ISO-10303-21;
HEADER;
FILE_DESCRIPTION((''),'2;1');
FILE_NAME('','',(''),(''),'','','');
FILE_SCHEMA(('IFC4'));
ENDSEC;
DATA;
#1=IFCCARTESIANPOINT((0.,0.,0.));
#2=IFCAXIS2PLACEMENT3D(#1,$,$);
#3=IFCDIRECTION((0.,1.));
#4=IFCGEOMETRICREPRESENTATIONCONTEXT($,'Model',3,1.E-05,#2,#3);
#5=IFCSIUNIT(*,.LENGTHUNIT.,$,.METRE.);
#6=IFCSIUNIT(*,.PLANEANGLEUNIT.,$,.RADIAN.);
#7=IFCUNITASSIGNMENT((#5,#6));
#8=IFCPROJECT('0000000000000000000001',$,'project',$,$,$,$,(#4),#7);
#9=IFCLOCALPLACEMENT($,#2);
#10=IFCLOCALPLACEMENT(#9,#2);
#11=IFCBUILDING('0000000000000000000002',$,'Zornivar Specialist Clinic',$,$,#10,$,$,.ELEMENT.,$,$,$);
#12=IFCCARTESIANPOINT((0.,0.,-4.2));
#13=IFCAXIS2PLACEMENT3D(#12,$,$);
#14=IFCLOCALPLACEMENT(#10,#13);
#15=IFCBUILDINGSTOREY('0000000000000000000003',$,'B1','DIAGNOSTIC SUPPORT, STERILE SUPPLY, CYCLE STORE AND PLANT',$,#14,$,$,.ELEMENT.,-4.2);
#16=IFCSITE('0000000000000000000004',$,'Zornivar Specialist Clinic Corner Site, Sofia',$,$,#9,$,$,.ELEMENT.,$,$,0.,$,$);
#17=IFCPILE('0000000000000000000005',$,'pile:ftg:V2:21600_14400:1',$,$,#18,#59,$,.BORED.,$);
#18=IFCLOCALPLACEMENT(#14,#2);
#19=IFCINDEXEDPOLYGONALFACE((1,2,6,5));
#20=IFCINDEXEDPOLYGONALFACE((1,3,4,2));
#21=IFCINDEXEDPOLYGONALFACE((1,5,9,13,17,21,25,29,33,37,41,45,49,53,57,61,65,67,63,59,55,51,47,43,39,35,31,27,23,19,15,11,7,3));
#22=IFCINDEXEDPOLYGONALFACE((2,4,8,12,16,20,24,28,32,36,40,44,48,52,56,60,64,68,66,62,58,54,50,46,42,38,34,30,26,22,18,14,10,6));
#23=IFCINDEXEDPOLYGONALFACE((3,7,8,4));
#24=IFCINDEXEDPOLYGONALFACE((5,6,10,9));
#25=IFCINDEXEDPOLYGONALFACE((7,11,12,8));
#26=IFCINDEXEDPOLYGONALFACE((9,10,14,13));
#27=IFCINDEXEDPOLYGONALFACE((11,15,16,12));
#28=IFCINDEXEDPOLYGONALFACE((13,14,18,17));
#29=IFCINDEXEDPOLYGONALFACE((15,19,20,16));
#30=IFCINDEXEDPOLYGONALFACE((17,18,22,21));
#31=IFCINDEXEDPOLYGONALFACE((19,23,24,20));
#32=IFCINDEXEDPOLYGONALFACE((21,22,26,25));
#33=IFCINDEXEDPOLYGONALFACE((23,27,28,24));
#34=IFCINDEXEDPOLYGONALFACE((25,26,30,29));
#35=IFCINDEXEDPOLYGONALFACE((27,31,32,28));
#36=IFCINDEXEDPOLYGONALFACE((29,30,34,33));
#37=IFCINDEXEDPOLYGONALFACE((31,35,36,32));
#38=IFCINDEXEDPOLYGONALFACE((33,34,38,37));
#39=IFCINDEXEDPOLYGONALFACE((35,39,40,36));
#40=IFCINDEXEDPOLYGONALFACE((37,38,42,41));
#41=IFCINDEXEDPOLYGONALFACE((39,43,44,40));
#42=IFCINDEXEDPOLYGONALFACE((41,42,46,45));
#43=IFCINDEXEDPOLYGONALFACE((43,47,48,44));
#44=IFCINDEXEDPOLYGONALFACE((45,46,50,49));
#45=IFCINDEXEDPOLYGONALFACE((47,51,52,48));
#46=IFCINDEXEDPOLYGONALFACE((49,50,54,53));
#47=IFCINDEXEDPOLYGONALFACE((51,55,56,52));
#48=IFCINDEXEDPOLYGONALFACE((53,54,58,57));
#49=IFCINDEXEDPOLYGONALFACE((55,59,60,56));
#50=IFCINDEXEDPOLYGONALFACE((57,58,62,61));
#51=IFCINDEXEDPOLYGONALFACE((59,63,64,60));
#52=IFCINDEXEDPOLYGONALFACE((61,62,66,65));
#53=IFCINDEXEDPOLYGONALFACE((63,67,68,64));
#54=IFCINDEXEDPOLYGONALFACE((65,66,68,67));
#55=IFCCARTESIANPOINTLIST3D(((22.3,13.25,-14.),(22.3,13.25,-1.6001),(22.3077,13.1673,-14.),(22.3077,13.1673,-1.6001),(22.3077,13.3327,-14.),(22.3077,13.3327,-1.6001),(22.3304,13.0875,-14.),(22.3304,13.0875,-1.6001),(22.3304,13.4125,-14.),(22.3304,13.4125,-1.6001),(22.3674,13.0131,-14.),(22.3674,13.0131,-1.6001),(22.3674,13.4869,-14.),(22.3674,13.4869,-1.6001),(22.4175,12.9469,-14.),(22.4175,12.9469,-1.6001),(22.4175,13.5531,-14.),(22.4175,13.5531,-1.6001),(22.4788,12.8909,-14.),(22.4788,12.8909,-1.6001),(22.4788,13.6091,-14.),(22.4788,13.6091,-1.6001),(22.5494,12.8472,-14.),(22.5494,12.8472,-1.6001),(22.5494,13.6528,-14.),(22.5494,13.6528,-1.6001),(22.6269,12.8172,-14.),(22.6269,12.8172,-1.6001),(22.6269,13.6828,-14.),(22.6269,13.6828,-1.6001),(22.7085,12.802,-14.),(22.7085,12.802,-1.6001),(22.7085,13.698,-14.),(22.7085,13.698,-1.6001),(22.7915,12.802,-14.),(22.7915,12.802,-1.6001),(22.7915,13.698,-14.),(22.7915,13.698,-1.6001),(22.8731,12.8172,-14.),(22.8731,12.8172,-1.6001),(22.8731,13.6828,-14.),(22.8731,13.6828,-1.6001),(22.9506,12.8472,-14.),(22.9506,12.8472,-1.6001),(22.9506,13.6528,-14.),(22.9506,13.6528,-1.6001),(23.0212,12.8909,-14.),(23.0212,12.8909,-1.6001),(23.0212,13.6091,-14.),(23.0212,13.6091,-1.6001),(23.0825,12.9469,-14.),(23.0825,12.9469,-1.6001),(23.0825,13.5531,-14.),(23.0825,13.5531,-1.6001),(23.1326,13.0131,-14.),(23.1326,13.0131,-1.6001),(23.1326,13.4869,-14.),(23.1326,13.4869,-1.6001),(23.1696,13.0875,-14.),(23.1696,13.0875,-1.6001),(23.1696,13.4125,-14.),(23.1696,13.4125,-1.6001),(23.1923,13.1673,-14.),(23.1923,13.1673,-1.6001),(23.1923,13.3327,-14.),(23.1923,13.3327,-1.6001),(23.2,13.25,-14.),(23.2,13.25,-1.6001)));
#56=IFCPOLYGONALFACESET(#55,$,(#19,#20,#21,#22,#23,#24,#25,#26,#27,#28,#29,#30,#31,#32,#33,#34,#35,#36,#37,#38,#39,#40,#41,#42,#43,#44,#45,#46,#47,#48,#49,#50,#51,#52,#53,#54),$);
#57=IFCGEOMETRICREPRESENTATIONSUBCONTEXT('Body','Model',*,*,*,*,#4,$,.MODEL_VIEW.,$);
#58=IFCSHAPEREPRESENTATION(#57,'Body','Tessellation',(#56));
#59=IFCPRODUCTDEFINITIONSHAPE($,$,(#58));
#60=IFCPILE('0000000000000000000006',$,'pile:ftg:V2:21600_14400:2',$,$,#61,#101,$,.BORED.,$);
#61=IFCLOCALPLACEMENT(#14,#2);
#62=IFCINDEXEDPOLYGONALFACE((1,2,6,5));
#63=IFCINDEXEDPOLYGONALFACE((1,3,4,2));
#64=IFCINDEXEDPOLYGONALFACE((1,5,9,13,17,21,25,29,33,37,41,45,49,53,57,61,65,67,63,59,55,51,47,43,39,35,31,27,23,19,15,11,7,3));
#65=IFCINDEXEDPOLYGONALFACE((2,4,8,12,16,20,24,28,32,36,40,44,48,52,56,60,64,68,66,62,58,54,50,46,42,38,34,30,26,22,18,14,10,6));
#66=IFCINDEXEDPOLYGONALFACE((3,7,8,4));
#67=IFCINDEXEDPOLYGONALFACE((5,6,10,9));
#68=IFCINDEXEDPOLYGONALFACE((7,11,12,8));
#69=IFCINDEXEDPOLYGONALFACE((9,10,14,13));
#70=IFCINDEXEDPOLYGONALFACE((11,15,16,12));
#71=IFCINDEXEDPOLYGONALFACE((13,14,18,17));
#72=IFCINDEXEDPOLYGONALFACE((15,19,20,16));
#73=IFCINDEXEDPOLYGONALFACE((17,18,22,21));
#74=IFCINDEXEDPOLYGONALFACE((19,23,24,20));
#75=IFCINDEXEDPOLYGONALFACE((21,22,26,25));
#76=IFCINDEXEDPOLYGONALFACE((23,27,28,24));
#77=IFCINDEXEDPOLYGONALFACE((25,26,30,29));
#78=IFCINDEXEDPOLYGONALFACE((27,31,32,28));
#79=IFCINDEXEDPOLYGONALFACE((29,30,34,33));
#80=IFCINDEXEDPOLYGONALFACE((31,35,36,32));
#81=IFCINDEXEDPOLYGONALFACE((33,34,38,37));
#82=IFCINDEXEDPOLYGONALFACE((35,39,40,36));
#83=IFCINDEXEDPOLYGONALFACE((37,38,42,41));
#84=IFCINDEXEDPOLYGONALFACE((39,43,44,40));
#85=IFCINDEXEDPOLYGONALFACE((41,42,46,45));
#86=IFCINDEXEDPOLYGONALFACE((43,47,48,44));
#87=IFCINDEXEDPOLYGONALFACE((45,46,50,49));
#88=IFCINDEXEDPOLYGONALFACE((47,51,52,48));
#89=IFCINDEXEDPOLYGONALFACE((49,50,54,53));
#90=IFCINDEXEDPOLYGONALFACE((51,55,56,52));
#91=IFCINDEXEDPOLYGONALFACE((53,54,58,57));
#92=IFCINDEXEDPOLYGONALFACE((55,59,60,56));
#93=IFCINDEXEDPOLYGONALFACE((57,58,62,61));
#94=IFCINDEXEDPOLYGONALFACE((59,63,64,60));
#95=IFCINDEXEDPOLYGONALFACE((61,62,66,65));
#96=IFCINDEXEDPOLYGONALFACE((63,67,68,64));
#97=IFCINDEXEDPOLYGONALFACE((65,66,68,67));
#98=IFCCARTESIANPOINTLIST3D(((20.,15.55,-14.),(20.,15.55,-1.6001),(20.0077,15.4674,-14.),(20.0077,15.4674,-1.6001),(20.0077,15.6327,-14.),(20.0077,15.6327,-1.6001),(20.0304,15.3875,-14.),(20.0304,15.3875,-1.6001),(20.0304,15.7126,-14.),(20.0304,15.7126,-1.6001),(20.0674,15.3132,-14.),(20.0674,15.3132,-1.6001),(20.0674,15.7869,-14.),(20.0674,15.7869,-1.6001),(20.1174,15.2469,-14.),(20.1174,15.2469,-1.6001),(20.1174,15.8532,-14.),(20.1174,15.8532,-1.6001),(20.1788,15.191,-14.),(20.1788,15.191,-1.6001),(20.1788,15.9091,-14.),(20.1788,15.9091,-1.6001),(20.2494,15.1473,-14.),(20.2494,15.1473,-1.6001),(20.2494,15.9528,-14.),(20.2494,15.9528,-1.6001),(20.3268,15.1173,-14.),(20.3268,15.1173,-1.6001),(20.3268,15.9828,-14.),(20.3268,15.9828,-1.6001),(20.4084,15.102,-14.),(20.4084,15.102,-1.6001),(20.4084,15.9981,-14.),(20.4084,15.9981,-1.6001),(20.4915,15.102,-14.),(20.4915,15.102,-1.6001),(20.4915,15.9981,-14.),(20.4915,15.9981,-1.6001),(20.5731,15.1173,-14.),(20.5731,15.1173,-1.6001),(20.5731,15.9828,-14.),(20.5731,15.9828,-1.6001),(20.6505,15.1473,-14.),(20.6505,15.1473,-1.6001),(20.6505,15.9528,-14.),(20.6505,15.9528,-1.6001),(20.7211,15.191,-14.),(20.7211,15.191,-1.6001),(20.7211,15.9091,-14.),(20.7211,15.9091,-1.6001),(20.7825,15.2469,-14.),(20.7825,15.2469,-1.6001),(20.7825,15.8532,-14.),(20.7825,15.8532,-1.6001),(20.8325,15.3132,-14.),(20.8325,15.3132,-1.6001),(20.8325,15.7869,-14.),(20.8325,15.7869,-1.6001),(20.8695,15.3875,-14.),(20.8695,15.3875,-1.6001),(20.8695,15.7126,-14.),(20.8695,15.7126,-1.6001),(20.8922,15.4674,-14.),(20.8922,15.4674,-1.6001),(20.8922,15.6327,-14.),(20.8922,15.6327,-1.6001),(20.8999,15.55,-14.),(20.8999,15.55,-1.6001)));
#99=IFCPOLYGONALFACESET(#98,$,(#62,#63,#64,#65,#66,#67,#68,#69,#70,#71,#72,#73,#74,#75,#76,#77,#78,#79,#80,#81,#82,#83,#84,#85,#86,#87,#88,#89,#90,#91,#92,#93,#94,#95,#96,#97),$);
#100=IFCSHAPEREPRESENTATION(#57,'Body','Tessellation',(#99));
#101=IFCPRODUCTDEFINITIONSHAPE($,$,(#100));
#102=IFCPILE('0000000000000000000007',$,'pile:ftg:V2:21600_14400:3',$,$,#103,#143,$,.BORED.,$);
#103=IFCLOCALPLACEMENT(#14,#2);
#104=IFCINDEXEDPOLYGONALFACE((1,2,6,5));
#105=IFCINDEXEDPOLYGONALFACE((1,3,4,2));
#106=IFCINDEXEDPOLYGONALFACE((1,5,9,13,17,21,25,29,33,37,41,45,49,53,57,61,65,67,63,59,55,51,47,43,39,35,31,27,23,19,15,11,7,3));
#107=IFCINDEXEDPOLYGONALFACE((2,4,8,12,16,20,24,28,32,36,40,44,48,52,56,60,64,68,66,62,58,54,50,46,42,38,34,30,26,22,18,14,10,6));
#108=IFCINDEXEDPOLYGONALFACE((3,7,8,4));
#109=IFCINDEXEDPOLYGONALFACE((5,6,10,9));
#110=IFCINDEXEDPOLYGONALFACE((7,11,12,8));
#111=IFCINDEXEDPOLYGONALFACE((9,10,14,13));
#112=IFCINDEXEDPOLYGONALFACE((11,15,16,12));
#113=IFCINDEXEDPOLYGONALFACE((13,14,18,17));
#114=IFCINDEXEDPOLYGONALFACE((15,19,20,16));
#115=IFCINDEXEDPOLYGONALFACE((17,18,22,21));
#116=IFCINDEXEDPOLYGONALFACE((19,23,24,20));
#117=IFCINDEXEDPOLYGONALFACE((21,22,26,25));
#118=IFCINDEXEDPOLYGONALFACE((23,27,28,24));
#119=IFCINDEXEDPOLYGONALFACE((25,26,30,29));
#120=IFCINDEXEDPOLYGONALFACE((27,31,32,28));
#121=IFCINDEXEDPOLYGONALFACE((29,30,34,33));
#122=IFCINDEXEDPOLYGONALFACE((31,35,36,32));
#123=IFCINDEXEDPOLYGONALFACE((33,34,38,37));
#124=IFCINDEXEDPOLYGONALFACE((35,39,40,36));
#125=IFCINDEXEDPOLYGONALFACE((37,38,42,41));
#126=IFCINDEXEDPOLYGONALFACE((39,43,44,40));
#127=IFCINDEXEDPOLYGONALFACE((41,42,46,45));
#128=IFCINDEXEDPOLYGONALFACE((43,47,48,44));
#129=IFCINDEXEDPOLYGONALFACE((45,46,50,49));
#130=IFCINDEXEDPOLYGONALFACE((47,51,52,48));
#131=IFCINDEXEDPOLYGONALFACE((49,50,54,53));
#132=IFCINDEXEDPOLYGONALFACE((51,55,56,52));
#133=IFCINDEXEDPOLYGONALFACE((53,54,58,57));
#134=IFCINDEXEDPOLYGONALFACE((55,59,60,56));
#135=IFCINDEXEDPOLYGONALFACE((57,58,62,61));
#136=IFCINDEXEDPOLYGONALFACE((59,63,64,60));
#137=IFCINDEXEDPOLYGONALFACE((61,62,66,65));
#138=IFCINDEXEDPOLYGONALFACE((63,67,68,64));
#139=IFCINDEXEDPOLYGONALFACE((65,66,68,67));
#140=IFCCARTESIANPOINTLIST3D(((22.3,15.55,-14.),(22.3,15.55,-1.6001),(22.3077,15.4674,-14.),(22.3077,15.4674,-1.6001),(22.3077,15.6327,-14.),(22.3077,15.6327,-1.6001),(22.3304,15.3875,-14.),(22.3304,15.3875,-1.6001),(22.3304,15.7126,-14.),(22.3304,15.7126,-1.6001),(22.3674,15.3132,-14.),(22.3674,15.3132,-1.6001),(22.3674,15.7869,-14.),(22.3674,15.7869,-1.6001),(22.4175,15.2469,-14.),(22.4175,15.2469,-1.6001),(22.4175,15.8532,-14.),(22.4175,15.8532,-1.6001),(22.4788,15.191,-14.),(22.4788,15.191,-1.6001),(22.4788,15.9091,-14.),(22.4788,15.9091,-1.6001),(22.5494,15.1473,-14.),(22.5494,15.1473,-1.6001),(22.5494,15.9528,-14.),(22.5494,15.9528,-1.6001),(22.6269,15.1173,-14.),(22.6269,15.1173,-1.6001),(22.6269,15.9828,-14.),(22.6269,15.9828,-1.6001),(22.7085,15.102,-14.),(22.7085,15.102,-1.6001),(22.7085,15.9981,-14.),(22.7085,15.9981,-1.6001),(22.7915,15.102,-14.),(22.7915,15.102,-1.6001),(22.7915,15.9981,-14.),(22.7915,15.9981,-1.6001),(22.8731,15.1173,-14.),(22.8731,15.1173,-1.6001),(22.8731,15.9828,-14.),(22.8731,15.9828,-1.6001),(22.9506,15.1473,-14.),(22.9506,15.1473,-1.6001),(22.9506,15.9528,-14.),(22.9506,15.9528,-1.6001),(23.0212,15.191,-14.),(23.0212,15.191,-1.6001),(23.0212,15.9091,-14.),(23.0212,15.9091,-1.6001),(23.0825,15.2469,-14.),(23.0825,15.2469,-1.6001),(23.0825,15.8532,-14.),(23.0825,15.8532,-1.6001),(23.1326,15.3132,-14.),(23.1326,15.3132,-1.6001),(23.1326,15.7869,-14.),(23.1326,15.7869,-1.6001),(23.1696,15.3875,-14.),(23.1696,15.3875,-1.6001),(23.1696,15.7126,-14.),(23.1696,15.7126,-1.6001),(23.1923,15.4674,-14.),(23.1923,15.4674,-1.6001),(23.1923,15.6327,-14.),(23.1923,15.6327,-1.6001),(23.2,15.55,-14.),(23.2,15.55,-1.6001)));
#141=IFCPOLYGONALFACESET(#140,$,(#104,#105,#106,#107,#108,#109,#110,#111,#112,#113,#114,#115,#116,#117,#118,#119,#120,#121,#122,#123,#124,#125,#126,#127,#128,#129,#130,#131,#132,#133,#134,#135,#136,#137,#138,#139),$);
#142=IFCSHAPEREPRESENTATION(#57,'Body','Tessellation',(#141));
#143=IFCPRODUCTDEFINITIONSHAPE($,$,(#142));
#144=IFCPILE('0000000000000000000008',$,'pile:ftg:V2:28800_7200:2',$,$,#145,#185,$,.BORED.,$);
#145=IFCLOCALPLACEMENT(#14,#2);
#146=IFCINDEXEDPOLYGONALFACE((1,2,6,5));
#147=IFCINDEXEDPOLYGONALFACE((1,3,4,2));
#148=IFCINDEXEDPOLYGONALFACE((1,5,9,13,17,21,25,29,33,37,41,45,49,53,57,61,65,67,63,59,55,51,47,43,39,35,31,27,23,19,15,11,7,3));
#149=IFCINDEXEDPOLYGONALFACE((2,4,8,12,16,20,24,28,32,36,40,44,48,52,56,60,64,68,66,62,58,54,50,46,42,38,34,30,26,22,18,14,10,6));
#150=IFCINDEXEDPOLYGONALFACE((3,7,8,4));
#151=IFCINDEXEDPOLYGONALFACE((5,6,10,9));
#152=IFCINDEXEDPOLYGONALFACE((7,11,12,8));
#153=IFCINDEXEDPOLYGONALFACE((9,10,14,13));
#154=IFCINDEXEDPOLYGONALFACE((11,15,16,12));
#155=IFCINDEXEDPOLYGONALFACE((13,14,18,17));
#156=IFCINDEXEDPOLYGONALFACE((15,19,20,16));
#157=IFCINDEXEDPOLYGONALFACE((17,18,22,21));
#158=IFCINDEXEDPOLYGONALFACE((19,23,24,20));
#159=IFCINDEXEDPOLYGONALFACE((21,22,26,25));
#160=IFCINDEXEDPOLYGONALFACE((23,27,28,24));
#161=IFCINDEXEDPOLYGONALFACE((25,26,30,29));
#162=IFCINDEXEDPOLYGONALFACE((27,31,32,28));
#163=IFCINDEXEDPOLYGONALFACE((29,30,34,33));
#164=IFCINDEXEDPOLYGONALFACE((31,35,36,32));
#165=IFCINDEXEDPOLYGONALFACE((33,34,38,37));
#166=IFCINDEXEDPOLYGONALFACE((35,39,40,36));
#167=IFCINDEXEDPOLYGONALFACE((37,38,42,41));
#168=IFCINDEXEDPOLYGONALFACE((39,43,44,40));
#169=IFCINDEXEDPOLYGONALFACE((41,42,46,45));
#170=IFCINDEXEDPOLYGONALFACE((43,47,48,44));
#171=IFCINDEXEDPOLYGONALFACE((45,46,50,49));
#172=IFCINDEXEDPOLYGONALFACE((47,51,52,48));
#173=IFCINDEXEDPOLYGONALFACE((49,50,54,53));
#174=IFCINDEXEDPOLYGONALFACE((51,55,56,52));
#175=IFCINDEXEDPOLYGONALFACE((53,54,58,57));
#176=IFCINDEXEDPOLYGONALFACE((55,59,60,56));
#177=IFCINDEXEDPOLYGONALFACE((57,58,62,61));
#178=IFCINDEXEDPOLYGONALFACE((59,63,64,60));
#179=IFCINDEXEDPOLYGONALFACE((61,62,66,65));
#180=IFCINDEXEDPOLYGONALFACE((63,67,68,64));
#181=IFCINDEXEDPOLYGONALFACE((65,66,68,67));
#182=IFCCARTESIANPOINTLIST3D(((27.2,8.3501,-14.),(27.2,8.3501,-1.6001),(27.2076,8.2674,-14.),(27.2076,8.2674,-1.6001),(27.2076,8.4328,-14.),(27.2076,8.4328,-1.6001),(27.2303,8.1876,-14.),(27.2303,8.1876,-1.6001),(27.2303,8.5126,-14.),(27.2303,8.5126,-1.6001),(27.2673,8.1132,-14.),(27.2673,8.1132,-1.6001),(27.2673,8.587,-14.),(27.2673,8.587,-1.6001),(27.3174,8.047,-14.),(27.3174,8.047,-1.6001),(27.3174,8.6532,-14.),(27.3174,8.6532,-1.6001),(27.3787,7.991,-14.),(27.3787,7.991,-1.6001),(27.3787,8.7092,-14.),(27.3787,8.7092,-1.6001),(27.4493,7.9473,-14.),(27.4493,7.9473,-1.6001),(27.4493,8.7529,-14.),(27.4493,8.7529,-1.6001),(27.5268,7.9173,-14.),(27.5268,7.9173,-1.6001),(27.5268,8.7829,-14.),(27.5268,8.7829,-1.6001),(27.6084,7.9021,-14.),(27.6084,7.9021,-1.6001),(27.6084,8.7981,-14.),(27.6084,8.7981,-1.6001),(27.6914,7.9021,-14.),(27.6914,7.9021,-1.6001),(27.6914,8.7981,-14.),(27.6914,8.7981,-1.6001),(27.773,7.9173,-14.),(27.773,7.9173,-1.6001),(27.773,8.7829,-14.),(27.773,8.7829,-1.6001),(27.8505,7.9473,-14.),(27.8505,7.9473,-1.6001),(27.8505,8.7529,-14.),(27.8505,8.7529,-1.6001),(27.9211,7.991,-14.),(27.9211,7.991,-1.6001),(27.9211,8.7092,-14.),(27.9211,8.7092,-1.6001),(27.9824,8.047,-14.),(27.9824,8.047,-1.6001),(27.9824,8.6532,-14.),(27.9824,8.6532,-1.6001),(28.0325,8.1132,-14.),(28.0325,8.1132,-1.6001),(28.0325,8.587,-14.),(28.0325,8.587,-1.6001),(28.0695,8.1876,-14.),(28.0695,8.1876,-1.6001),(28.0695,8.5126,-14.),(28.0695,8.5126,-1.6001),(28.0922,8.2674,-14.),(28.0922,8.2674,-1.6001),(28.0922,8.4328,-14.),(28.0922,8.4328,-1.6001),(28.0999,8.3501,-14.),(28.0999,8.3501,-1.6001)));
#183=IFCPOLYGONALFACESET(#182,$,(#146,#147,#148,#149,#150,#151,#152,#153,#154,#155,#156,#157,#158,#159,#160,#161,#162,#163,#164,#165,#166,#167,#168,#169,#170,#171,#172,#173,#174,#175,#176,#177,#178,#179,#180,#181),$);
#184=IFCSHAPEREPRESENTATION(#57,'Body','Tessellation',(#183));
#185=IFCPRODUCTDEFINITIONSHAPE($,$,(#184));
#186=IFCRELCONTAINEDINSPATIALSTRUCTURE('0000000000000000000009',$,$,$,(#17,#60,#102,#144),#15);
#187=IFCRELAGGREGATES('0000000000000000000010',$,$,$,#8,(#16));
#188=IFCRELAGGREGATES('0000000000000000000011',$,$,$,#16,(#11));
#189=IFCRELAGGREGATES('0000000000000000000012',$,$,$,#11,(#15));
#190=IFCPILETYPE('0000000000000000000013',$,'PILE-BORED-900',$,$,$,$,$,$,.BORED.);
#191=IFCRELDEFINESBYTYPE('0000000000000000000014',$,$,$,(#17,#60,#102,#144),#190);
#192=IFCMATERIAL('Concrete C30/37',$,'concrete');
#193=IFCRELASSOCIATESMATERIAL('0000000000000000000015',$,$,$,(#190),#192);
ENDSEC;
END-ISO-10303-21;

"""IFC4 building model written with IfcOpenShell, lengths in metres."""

from ifc_helpers import new_model, si_unit, direction, frame, origin, origin_2d, place, context, subcontext, project, spatial, circle, extrude, material, material_profile, profile_set, type_object, element, save


model = new_model("IFC4")

# Units and contexts
model_context = context("Model", 3, precision=1e-05, world=origin(), true_north=direction((0.0, 1.0)))
body_context = subcontext(model_context, "Body", "Model", "MODEL_VIEW")
ifc_project = project(units=[si_unit("LENGTHUNIT", "METRE"), si_unit("PLANEANGLEUNIT", "RADIAN")], contexts=[model_context])

# Site, building, storey
site_placement = place(None, origin())
site = spatial("IfcSite", under=ifc_project, at=site_placement, Name="Zornivar Specialist Clinic Corner Site, Sofia", CompositionType="ELEMENT", RefElevation=0.0)
building_placement = place(site_placement, origin())
building = spatial("IfcBuilding", under=site, at=building_placement, Name="Zornivar Specialist Clinic", CompositionType="ELEMENT")
storey_placement = place(building_placement, frame((0.0, 0.0, -4.2)))
storey = spatial("IfcBuildingStorey", under=building, at=storey_placement, Name="B1", Description="DIAGNOSTIC SUPPORT, STERILE SUPPLY, CYCLE STORE AND PLANT", CompositionType="ELEMENT", Elevation=-4.2)

# Piles
ifc_material_1 = material(Name="Concrete C30/37", Category="concrete")
ifc_material_profile_1 = material_profile(ifc_material_1, circle(Radius=0.45, at=origin_2d()), Name="PILE D900")
ifc_profile_set_1 = profile_set([ifc_material_profile_1], Name="Concrete C30/37")
pile_type = type_object("IfcPileType", Name="PILE-BORED-900", PredefinedType="BORED", material=ifc_profile_set_1)
for number, where, z_axis, x_axis, name in (
    (1, (22.75, 13.25, -1.6001), (0.0, 0.0, -1.0), (1.0, 0.0, 0.0), "pile:ftg:V2:21600_14400:1"),
    (2, (20.45, 15.55, -1.6001), (0.0, 0.0, -1.0), (1.0, 0.0, 0.0), "pile:ftg:V2:21600_14400:2"),
    (3, (22.75, 15.55, -1.6001), (0.0, 0.0, -1.0), (1.0, 0.0, 0.0), "pile:ftg:V2:21600_14400:3"),
    (4, (27.6499, 8.3501, -1.6001), (0.0, 0.0, -1.0), (1.0, 0.0, 0.0), "pile:ftg:V2:28800_7200:2"),
):
    element("IfcPile", number, at=place(storey_placement, frame(where, z_axis=z_axis, x_axis=x_axis)), inside=storey, type_object=pile_type, Name=name, PredefinedType="BORED", context=body_context, shape_type="SweptSolid", body=[
        extrude(circle(Radius=0.45, at=origin_2d()), origin(), (0.0, 0.0, 1.0), 12.3999),
    ])

save(model, "model.ifc")
